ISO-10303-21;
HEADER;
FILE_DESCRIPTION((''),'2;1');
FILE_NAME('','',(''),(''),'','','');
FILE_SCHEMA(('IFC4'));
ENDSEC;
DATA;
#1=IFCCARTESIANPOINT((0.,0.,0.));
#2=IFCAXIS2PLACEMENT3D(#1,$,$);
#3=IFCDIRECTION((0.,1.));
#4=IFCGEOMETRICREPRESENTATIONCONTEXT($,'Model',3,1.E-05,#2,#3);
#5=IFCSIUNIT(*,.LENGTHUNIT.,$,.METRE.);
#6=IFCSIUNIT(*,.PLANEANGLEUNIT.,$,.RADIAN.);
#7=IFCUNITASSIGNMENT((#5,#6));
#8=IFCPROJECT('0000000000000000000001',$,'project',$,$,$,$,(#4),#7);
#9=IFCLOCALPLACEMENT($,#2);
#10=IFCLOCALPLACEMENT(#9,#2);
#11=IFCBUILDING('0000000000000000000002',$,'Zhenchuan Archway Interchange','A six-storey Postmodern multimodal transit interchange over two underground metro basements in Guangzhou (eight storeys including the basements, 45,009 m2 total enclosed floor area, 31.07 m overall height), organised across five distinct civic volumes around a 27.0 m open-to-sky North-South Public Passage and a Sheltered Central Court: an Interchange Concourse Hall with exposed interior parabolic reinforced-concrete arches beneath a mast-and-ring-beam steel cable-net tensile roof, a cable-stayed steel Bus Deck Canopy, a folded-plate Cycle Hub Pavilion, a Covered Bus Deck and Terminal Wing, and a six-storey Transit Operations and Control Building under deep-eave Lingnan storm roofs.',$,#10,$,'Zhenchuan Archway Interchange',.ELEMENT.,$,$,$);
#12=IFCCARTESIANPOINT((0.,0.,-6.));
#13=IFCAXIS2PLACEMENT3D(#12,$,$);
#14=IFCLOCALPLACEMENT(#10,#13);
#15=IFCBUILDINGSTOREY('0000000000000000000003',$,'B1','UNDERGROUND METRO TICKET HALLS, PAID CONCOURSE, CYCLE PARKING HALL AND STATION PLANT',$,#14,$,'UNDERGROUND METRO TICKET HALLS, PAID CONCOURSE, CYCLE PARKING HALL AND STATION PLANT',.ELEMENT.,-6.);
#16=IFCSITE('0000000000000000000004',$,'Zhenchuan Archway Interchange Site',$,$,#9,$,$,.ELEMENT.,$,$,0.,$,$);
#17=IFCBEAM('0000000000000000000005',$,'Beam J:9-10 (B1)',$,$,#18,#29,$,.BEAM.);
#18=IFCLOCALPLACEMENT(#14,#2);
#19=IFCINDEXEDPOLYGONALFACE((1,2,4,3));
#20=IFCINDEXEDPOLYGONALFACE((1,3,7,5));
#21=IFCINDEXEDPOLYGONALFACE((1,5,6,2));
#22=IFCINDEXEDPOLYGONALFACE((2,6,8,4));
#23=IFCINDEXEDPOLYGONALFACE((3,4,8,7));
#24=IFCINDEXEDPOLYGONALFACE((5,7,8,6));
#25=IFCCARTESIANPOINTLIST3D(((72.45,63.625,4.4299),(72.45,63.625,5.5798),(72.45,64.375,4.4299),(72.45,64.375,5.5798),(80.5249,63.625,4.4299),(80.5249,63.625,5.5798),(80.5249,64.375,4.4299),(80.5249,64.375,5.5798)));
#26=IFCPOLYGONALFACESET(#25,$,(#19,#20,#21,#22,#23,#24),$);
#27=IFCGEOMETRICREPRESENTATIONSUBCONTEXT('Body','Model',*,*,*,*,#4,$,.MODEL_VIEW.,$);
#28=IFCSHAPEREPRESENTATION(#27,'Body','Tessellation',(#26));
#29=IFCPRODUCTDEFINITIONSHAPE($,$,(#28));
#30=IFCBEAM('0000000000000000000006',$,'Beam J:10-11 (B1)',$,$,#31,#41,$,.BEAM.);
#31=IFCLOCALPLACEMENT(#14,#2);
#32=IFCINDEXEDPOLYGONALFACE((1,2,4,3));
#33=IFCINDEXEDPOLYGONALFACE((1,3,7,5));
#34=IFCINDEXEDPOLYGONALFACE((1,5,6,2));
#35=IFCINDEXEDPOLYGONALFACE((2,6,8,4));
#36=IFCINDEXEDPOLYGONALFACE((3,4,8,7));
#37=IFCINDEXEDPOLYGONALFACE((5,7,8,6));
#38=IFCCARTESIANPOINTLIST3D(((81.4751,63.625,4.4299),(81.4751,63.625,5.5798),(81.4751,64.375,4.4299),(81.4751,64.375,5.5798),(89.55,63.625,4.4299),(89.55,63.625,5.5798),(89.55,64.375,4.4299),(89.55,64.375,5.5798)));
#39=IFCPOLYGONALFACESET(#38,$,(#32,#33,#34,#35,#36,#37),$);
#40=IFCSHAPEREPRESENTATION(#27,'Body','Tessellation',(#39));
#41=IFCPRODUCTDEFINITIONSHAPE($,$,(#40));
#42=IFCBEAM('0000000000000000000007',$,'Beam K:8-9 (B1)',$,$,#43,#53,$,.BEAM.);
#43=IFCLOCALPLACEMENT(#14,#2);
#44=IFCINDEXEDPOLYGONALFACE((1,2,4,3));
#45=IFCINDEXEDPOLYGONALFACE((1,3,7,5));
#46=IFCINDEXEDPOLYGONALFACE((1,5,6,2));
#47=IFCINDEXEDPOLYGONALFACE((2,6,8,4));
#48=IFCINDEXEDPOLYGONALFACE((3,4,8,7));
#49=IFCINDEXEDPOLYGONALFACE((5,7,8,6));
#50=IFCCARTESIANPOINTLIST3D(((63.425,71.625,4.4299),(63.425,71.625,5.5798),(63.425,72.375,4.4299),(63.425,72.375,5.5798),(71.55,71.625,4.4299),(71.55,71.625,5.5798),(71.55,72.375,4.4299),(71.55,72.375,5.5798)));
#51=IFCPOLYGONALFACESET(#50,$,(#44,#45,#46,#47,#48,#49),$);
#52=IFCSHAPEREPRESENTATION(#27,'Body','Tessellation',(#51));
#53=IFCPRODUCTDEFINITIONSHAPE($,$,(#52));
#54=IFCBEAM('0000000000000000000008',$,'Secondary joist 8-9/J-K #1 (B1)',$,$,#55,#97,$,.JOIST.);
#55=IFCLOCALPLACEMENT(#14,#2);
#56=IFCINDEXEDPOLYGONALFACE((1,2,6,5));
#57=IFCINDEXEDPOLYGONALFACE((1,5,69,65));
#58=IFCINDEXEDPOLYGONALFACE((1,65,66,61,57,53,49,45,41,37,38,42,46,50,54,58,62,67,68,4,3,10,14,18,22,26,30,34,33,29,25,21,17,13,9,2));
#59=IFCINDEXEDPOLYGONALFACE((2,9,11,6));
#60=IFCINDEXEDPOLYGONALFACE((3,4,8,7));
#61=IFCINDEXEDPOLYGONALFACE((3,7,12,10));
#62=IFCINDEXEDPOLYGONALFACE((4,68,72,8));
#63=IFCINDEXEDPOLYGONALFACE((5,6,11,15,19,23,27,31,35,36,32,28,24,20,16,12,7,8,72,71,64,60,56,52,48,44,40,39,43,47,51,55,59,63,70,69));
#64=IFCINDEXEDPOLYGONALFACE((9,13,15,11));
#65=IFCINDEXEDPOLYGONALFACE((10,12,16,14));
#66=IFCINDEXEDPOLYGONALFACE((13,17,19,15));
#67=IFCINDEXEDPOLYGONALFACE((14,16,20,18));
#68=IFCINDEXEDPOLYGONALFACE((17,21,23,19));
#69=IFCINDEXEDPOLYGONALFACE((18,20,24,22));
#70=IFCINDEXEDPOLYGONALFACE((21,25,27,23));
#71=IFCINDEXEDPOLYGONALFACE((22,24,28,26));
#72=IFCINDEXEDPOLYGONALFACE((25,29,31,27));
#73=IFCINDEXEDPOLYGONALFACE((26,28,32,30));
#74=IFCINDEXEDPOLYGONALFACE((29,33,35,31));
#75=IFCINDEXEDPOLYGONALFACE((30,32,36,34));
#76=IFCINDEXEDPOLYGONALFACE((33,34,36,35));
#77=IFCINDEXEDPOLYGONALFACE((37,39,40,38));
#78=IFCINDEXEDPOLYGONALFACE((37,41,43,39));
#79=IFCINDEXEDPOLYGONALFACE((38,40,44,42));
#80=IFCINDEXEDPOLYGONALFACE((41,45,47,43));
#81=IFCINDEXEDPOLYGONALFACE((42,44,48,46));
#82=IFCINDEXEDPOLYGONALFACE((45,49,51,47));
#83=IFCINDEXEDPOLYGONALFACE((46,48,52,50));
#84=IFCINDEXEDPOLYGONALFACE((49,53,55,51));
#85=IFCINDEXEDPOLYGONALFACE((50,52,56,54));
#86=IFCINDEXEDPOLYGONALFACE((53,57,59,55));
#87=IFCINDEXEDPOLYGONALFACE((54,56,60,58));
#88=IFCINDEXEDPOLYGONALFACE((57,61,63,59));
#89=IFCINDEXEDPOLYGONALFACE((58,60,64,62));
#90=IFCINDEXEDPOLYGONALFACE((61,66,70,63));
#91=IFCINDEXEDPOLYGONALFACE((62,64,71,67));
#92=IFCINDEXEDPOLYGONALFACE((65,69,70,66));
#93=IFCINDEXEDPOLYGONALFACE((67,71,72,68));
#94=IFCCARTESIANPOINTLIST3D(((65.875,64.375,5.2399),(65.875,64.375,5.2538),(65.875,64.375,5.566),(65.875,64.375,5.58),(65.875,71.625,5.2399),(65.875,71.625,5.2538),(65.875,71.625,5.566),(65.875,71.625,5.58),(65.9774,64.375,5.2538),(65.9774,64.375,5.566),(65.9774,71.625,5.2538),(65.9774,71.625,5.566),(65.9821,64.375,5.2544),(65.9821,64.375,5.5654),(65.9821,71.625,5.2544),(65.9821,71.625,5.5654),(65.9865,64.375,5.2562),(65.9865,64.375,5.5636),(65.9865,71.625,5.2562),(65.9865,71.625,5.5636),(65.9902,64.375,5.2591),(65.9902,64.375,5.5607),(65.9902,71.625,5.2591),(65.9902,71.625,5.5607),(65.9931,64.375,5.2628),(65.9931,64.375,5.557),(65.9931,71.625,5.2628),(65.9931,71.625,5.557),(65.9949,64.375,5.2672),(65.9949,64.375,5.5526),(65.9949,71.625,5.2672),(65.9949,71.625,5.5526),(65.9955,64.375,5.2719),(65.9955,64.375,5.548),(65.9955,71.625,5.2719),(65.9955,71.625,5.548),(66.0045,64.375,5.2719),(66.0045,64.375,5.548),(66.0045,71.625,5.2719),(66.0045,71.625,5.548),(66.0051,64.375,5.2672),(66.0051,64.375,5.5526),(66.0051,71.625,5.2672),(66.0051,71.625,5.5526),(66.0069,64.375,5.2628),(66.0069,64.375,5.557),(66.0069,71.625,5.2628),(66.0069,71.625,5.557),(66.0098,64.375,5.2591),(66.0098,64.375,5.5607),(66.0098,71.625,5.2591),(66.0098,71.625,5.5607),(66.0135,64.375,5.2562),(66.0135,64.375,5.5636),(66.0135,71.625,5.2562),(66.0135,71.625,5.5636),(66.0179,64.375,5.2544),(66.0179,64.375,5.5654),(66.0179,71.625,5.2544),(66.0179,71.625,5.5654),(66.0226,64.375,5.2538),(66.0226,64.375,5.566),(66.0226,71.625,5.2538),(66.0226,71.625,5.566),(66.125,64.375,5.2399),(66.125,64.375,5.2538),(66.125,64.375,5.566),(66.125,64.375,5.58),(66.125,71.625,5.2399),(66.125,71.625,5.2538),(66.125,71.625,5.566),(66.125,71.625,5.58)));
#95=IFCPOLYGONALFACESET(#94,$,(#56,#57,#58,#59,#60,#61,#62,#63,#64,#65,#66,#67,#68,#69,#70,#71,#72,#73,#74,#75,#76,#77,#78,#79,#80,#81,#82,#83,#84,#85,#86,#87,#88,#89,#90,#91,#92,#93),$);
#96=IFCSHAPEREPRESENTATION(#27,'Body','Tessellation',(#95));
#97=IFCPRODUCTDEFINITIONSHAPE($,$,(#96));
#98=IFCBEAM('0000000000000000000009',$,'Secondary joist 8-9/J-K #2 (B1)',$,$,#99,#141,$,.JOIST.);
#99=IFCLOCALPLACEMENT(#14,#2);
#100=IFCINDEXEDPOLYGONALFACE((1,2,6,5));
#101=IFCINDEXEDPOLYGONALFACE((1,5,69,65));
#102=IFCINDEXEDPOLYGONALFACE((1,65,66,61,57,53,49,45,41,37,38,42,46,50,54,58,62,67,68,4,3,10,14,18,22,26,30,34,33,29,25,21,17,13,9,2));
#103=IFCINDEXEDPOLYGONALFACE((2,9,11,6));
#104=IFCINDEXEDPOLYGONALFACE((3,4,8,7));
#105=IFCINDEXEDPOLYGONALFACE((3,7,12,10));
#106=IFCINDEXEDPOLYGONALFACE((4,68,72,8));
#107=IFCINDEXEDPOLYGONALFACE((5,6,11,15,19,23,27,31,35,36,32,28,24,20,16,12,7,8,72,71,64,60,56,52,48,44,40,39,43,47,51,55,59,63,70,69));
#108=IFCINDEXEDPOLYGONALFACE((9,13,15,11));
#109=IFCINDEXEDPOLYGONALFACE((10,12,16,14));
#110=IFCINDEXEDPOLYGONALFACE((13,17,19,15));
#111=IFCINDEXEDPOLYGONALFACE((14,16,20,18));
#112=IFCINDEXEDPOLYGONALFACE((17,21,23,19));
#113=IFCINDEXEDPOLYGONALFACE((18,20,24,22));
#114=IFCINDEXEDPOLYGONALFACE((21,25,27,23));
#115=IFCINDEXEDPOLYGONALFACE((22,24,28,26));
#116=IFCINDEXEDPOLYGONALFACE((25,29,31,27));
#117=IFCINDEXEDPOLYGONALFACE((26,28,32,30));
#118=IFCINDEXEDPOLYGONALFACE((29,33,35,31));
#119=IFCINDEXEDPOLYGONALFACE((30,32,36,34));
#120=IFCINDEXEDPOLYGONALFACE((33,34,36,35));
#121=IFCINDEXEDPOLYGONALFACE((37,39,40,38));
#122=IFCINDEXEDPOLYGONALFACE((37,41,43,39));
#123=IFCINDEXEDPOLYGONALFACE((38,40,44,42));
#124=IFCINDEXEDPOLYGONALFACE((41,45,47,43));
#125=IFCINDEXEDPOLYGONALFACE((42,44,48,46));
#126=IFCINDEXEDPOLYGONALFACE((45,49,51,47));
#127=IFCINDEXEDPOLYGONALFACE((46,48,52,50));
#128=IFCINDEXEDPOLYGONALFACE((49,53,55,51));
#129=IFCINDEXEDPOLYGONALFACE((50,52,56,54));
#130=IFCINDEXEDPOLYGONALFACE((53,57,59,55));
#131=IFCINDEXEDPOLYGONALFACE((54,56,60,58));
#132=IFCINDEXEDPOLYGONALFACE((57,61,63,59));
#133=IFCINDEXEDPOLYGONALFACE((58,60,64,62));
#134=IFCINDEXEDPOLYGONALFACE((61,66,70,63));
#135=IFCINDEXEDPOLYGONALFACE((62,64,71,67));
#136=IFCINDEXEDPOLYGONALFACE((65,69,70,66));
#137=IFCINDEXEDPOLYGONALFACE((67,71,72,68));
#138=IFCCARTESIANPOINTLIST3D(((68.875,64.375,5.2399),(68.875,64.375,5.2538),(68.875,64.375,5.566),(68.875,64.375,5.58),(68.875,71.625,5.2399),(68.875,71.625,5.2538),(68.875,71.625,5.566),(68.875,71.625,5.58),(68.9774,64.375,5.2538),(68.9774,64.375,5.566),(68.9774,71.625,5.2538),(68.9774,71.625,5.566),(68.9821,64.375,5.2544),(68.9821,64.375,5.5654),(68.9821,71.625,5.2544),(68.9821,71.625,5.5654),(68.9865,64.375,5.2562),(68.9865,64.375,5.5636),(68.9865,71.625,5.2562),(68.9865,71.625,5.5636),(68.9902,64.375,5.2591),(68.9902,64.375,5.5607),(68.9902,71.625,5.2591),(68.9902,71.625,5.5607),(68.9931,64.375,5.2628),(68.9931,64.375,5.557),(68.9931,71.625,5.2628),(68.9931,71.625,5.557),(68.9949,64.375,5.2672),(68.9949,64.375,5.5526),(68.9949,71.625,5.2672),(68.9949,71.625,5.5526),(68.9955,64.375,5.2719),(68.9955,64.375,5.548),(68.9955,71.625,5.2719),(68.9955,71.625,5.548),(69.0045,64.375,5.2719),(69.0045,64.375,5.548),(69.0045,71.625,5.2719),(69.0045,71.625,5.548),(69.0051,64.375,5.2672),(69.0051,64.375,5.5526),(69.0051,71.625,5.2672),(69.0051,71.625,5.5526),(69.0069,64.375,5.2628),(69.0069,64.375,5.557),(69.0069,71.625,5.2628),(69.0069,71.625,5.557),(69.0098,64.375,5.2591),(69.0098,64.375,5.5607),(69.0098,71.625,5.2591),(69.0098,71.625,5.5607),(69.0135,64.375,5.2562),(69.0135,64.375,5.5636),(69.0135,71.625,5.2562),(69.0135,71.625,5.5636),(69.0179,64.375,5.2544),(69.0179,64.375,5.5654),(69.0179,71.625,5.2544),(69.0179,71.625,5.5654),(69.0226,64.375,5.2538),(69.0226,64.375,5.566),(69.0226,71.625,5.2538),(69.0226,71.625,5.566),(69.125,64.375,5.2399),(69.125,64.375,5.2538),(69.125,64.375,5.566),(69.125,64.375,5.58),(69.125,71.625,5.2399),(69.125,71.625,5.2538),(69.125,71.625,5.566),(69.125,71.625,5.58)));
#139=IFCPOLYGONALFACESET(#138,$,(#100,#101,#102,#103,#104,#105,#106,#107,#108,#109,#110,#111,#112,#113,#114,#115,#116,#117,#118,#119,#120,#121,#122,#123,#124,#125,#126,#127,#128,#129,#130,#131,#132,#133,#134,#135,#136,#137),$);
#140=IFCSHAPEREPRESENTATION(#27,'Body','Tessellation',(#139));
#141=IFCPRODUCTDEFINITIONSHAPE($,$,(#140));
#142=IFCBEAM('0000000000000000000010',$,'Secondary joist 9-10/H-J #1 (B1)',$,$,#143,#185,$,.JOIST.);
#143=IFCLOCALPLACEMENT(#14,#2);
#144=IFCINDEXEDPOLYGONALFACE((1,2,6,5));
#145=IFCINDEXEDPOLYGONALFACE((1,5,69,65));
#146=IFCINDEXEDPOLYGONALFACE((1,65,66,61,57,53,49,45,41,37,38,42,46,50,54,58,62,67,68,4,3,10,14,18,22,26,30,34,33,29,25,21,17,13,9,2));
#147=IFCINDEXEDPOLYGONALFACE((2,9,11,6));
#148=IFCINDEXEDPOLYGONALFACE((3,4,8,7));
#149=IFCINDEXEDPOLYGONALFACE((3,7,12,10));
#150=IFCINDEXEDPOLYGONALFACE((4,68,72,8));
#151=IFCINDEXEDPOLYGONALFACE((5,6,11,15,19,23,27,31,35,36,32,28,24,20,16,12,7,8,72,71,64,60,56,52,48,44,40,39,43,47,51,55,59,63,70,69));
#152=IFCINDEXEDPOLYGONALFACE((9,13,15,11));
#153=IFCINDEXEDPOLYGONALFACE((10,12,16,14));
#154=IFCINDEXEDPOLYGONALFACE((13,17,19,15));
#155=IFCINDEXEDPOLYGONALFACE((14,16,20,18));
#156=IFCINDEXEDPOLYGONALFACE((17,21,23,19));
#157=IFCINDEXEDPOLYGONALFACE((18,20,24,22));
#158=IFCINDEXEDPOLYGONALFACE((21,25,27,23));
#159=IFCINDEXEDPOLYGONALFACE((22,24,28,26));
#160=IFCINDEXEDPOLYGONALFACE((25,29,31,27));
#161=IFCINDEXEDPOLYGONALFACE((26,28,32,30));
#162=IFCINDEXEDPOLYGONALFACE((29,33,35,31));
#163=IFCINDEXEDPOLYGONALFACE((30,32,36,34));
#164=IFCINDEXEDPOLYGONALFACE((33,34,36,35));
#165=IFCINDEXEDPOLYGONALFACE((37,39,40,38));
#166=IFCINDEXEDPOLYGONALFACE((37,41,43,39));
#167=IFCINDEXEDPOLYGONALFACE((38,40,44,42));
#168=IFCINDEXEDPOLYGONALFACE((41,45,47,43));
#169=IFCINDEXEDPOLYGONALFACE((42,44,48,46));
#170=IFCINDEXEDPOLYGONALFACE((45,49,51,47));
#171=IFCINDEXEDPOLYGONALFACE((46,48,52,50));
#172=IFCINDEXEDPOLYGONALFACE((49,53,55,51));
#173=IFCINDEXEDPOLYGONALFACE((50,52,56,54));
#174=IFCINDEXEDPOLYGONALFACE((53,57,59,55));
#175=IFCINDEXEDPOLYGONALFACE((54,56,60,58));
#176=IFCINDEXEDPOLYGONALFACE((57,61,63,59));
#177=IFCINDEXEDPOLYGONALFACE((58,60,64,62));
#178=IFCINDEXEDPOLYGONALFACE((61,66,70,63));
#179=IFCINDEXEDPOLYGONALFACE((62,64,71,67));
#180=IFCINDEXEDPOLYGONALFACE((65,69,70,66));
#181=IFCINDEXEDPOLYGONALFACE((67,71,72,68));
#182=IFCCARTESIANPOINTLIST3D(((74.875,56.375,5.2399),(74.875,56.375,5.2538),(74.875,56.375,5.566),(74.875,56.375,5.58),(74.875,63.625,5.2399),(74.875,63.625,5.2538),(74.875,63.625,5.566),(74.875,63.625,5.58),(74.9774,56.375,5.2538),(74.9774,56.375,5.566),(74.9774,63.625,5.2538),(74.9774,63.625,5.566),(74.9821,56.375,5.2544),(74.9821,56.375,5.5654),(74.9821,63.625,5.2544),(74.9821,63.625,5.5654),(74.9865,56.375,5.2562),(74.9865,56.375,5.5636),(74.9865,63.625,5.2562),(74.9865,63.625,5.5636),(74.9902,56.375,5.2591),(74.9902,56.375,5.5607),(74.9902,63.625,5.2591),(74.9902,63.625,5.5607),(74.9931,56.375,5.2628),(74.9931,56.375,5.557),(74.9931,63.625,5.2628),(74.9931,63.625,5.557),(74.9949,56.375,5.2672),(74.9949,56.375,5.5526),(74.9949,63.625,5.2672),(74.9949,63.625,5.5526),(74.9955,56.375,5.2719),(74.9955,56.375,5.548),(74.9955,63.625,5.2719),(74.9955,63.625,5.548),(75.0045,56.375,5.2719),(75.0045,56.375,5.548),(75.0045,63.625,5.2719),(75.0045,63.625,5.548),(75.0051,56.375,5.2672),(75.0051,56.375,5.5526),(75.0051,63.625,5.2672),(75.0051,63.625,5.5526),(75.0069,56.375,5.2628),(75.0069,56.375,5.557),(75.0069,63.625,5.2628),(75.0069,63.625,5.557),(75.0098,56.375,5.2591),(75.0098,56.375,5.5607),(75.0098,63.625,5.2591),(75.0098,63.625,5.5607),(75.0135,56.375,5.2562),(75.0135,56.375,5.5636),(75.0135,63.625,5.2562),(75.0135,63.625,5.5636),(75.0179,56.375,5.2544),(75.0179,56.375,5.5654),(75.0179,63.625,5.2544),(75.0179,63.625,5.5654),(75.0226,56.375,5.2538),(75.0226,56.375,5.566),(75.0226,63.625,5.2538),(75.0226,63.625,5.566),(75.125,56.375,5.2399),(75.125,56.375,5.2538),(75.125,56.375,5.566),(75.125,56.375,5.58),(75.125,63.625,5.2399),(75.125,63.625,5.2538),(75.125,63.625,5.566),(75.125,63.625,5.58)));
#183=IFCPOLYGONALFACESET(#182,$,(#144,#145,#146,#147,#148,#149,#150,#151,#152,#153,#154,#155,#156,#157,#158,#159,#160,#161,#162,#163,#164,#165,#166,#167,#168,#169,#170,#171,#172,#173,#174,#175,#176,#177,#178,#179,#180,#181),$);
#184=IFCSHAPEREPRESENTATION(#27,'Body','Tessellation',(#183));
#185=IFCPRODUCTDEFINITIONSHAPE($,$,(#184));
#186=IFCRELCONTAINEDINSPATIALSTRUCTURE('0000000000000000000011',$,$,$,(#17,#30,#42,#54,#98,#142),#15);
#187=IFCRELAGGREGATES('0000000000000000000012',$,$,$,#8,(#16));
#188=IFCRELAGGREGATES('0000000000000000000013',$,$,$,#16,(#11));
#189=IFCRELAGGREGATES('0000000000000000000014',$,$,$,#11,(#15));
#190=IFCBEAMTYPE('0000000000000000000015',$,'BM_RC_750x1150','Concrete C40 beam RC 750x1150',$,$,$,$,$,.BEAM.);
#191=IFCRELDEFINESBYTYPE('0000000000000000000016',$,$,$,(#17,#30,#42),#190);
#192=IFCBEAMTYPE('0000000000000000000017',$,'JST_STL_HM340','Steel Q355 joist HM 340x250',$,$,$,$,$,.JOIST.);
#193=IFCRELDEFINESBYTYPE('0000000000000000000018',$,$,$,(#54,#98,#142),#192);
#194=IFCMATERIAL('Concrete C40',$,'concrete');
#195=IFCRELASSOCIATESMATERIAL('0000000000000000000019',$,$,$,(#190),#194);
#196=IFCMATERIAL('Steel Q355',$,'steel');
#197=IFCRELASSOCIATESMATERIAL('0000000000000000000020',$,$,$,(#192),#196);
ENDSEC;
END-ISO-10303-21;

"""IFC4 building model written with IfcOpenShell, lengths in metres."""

from ifc_helpers import new_model, si_unit, direction, frame, origin, origin_2d, place, context, subcontext, project, spatial, rectangle, i_section, extrude, material, material_profile, profile_set, type_object, element, save


model = new_model("IFC4")

# Units and contexts
model_context = context("Model", 3, precision=1e-05, world=origin(), true_north=direction((0.0, 1.0)))
body_context = subcontext(model_context, "Body", "Model", "MODEL_VIEW")
ifc_project = project(units=[si_unit("LENGTHUNIT", "METRE"), si_unit("PLANEANGLEUNIT", "RADIAN")], contexts=[model_context])

# Site, building, storey
site_placement = place(None, origin())
site = spatial("IfcSite", under=ifc_project, at=site_placement, Name="Zhenchuan Archway Interchange Site", CompositionType="ELEMENT", RefElevation=0.0)
building_placement = place(site_placement, origin())
building = spatial("IfcBuilding", under=site, at=building_placement, Name="Zhenchuan Archway Interchange", Description="A six-storey Postmodern multimodal transit interchange over two underground metro basements in Guangzhou (eight storeys including the basements, 45,009 m2 total enclosed floor area, 31.07 m overall height), organised across five distinct civic volumes around a 27.0 m open-to-sky North-South Public Passage and a Sheltered Central Court: an Interchange Concourse Hall with exposed interior parabolic reinforced-concrete arches beneath a mast-and-ring-beam steel cable-net tensile roof, a cable-stayed steel Bus Deck Canopy, a folded-plate Cycle Hub Pavilion, a Covered Bus Deck and Terminal Wing, and a six-storey Transit Operations and Control Building under deep-eave Lingnan storm roofs.", LongName="Zhenchuan Archway Interchange", CompositionType="ELEMENT")
storey_placement = place(building_placement, frame((0.0, 0.0, -6.0)))
storey = spatial("IfcBuildingStorey", under=building, at=storey_placement, Name="B1", Description="UNDERGROUND METRO TICKET HALLS, PAID CONCOURSE, CYCLE PARKING HALL AND STATION PLANT", LongName="UNDERGROUND METRO TICKET HALLS, PAID CONCOURSE, CYCLE PARKING HALL AND STATION PLANT", CompositionType="ELEMENT", Elevation=-6.0)

# Beams
ifc_material_1 = material(Name="Concrete C40", Category="concrete")
ifc_material_profile_1 = material_profile(ifc_material_1, rectangle(XDim=0.75, YDim=1.1499, at=origin_2d()), Name="RC 750x1150")
ifc_profile_set_1 = profile_set([ifc_material_profile_1], Name="Concrete C40")
beam_type_1 = type_object("IfcBeamType", Name="BM_RC_750x1150", Description="Concrete C40 beam RC 750x1150", PredefinedType="BEAM", material=ifc_profile_set_1)
for number, where, z_axis, x_axis, name in (
    (1, (72.45, 64.0, 5.0049), (1.0, 0.0, 0.0), (0.0, 1.0, 0.0), "Beam J:9-10 (B1)"),
    (2, (81.4751, 64.0, 5.0049), (1.0, 0.0, 0.0), (0.0, 1.0, 0.0), "Beam J:10-11 (B1)"),
):
    element("IfcBeam", number, at=place(storey_placement, frame(where, z_axis=z_axis, x_axis=x_axis)), inside=storey, type_object=beam_type_1, Name=name, PredefinedType="BEAM", context=body_context, shape_type="SweptSolid", body=[
        extrude(rectangle(XDim=0.75, YDim=1.1499, at=origin_2d()), origin(), (0.0, 0.0, 1.0), 8.075),
    ])
beam_1_placement = place(storey_placement, frame((63.425, 72.0, 5.0049), z_axis=(1.0, 0.0, 0.0), x_axis=(0.0, 1.0, 0.0)))
element("IfcBeam", 3, at=beam_1_placement, inside=storey, type_object=beam_type_1, Name="Beam K:8-9 (B1)", PredefinedType="BEAM", context=body_context, shape_type="SweptSolid", body=[
    extrude(rectangle(XDim=0.75, YDim=1.1499, at=origin_2d()), origin(), (0.0, 0.0, 1.0), 8.125),
])
ifc_material_2 = material(Name="Steel Q355", Category="steel")
ifc_material_profile_2 = material_profile(ifc_material_2, i_section(OverallWidth=0.25, OverallDepth=0.3401, WebThickness=0.009, FlangeThickness=0.0139, FilletRadius=0.0181, at=origin_2d()), Name="HM 340x250")
ifc_profile_set_2 = profile_set([ifc_material_profile_2], Name="Steel Q355")
beam_type_2 = type_object("IfcBeamType", Name="JST_STL_HM340", Description="Steel Q355 joist HM 340x250", PredefinedType="JOIST", material=ifc_profile_set_2)
for number, where, z_axis, x_axis, name in (
    (4, (66.0, 64.375, 5.4099), (0.0, 1.0, 0.0), (-1.0, 0.0, 0.0), "Secondary joist 8-9/J-K #1 (B1)"),
    (5, (69.0, 64.375, 5.4099), (0.0, 1.0, 0.0), (-1.0, 0.0, 0.0), "Secondary joist 8-9/J-K #2 (B1)"),
    (6, (75.0, 56.375, 5.4099), (0.0, 1.0, 0.0), (-1.0, 0.0, 0.0), "Secondary joist 9-10/H-J #1 (B1)"),
):
    element("IfcBeam", number, at=place(storey_placement, frame(where, z_axis=z_axis, x_axis=x_axis)), inside=storey, type_object=beam_type_2, Name=name, PredefinedType="JOIST", context=body_context, shape_type="SweptSolid", body=[
        extrude(i_section(OverallWidth=0.25, OverallDepth=0.3401, WebThickness=0.009, FlangeThickness=0.0139, FilletRadius=0.0181, at=origin_2d()), origin(), (0.0, 0.0, 1.0), 7.25),
    ])

save(model, "model.ifc")
